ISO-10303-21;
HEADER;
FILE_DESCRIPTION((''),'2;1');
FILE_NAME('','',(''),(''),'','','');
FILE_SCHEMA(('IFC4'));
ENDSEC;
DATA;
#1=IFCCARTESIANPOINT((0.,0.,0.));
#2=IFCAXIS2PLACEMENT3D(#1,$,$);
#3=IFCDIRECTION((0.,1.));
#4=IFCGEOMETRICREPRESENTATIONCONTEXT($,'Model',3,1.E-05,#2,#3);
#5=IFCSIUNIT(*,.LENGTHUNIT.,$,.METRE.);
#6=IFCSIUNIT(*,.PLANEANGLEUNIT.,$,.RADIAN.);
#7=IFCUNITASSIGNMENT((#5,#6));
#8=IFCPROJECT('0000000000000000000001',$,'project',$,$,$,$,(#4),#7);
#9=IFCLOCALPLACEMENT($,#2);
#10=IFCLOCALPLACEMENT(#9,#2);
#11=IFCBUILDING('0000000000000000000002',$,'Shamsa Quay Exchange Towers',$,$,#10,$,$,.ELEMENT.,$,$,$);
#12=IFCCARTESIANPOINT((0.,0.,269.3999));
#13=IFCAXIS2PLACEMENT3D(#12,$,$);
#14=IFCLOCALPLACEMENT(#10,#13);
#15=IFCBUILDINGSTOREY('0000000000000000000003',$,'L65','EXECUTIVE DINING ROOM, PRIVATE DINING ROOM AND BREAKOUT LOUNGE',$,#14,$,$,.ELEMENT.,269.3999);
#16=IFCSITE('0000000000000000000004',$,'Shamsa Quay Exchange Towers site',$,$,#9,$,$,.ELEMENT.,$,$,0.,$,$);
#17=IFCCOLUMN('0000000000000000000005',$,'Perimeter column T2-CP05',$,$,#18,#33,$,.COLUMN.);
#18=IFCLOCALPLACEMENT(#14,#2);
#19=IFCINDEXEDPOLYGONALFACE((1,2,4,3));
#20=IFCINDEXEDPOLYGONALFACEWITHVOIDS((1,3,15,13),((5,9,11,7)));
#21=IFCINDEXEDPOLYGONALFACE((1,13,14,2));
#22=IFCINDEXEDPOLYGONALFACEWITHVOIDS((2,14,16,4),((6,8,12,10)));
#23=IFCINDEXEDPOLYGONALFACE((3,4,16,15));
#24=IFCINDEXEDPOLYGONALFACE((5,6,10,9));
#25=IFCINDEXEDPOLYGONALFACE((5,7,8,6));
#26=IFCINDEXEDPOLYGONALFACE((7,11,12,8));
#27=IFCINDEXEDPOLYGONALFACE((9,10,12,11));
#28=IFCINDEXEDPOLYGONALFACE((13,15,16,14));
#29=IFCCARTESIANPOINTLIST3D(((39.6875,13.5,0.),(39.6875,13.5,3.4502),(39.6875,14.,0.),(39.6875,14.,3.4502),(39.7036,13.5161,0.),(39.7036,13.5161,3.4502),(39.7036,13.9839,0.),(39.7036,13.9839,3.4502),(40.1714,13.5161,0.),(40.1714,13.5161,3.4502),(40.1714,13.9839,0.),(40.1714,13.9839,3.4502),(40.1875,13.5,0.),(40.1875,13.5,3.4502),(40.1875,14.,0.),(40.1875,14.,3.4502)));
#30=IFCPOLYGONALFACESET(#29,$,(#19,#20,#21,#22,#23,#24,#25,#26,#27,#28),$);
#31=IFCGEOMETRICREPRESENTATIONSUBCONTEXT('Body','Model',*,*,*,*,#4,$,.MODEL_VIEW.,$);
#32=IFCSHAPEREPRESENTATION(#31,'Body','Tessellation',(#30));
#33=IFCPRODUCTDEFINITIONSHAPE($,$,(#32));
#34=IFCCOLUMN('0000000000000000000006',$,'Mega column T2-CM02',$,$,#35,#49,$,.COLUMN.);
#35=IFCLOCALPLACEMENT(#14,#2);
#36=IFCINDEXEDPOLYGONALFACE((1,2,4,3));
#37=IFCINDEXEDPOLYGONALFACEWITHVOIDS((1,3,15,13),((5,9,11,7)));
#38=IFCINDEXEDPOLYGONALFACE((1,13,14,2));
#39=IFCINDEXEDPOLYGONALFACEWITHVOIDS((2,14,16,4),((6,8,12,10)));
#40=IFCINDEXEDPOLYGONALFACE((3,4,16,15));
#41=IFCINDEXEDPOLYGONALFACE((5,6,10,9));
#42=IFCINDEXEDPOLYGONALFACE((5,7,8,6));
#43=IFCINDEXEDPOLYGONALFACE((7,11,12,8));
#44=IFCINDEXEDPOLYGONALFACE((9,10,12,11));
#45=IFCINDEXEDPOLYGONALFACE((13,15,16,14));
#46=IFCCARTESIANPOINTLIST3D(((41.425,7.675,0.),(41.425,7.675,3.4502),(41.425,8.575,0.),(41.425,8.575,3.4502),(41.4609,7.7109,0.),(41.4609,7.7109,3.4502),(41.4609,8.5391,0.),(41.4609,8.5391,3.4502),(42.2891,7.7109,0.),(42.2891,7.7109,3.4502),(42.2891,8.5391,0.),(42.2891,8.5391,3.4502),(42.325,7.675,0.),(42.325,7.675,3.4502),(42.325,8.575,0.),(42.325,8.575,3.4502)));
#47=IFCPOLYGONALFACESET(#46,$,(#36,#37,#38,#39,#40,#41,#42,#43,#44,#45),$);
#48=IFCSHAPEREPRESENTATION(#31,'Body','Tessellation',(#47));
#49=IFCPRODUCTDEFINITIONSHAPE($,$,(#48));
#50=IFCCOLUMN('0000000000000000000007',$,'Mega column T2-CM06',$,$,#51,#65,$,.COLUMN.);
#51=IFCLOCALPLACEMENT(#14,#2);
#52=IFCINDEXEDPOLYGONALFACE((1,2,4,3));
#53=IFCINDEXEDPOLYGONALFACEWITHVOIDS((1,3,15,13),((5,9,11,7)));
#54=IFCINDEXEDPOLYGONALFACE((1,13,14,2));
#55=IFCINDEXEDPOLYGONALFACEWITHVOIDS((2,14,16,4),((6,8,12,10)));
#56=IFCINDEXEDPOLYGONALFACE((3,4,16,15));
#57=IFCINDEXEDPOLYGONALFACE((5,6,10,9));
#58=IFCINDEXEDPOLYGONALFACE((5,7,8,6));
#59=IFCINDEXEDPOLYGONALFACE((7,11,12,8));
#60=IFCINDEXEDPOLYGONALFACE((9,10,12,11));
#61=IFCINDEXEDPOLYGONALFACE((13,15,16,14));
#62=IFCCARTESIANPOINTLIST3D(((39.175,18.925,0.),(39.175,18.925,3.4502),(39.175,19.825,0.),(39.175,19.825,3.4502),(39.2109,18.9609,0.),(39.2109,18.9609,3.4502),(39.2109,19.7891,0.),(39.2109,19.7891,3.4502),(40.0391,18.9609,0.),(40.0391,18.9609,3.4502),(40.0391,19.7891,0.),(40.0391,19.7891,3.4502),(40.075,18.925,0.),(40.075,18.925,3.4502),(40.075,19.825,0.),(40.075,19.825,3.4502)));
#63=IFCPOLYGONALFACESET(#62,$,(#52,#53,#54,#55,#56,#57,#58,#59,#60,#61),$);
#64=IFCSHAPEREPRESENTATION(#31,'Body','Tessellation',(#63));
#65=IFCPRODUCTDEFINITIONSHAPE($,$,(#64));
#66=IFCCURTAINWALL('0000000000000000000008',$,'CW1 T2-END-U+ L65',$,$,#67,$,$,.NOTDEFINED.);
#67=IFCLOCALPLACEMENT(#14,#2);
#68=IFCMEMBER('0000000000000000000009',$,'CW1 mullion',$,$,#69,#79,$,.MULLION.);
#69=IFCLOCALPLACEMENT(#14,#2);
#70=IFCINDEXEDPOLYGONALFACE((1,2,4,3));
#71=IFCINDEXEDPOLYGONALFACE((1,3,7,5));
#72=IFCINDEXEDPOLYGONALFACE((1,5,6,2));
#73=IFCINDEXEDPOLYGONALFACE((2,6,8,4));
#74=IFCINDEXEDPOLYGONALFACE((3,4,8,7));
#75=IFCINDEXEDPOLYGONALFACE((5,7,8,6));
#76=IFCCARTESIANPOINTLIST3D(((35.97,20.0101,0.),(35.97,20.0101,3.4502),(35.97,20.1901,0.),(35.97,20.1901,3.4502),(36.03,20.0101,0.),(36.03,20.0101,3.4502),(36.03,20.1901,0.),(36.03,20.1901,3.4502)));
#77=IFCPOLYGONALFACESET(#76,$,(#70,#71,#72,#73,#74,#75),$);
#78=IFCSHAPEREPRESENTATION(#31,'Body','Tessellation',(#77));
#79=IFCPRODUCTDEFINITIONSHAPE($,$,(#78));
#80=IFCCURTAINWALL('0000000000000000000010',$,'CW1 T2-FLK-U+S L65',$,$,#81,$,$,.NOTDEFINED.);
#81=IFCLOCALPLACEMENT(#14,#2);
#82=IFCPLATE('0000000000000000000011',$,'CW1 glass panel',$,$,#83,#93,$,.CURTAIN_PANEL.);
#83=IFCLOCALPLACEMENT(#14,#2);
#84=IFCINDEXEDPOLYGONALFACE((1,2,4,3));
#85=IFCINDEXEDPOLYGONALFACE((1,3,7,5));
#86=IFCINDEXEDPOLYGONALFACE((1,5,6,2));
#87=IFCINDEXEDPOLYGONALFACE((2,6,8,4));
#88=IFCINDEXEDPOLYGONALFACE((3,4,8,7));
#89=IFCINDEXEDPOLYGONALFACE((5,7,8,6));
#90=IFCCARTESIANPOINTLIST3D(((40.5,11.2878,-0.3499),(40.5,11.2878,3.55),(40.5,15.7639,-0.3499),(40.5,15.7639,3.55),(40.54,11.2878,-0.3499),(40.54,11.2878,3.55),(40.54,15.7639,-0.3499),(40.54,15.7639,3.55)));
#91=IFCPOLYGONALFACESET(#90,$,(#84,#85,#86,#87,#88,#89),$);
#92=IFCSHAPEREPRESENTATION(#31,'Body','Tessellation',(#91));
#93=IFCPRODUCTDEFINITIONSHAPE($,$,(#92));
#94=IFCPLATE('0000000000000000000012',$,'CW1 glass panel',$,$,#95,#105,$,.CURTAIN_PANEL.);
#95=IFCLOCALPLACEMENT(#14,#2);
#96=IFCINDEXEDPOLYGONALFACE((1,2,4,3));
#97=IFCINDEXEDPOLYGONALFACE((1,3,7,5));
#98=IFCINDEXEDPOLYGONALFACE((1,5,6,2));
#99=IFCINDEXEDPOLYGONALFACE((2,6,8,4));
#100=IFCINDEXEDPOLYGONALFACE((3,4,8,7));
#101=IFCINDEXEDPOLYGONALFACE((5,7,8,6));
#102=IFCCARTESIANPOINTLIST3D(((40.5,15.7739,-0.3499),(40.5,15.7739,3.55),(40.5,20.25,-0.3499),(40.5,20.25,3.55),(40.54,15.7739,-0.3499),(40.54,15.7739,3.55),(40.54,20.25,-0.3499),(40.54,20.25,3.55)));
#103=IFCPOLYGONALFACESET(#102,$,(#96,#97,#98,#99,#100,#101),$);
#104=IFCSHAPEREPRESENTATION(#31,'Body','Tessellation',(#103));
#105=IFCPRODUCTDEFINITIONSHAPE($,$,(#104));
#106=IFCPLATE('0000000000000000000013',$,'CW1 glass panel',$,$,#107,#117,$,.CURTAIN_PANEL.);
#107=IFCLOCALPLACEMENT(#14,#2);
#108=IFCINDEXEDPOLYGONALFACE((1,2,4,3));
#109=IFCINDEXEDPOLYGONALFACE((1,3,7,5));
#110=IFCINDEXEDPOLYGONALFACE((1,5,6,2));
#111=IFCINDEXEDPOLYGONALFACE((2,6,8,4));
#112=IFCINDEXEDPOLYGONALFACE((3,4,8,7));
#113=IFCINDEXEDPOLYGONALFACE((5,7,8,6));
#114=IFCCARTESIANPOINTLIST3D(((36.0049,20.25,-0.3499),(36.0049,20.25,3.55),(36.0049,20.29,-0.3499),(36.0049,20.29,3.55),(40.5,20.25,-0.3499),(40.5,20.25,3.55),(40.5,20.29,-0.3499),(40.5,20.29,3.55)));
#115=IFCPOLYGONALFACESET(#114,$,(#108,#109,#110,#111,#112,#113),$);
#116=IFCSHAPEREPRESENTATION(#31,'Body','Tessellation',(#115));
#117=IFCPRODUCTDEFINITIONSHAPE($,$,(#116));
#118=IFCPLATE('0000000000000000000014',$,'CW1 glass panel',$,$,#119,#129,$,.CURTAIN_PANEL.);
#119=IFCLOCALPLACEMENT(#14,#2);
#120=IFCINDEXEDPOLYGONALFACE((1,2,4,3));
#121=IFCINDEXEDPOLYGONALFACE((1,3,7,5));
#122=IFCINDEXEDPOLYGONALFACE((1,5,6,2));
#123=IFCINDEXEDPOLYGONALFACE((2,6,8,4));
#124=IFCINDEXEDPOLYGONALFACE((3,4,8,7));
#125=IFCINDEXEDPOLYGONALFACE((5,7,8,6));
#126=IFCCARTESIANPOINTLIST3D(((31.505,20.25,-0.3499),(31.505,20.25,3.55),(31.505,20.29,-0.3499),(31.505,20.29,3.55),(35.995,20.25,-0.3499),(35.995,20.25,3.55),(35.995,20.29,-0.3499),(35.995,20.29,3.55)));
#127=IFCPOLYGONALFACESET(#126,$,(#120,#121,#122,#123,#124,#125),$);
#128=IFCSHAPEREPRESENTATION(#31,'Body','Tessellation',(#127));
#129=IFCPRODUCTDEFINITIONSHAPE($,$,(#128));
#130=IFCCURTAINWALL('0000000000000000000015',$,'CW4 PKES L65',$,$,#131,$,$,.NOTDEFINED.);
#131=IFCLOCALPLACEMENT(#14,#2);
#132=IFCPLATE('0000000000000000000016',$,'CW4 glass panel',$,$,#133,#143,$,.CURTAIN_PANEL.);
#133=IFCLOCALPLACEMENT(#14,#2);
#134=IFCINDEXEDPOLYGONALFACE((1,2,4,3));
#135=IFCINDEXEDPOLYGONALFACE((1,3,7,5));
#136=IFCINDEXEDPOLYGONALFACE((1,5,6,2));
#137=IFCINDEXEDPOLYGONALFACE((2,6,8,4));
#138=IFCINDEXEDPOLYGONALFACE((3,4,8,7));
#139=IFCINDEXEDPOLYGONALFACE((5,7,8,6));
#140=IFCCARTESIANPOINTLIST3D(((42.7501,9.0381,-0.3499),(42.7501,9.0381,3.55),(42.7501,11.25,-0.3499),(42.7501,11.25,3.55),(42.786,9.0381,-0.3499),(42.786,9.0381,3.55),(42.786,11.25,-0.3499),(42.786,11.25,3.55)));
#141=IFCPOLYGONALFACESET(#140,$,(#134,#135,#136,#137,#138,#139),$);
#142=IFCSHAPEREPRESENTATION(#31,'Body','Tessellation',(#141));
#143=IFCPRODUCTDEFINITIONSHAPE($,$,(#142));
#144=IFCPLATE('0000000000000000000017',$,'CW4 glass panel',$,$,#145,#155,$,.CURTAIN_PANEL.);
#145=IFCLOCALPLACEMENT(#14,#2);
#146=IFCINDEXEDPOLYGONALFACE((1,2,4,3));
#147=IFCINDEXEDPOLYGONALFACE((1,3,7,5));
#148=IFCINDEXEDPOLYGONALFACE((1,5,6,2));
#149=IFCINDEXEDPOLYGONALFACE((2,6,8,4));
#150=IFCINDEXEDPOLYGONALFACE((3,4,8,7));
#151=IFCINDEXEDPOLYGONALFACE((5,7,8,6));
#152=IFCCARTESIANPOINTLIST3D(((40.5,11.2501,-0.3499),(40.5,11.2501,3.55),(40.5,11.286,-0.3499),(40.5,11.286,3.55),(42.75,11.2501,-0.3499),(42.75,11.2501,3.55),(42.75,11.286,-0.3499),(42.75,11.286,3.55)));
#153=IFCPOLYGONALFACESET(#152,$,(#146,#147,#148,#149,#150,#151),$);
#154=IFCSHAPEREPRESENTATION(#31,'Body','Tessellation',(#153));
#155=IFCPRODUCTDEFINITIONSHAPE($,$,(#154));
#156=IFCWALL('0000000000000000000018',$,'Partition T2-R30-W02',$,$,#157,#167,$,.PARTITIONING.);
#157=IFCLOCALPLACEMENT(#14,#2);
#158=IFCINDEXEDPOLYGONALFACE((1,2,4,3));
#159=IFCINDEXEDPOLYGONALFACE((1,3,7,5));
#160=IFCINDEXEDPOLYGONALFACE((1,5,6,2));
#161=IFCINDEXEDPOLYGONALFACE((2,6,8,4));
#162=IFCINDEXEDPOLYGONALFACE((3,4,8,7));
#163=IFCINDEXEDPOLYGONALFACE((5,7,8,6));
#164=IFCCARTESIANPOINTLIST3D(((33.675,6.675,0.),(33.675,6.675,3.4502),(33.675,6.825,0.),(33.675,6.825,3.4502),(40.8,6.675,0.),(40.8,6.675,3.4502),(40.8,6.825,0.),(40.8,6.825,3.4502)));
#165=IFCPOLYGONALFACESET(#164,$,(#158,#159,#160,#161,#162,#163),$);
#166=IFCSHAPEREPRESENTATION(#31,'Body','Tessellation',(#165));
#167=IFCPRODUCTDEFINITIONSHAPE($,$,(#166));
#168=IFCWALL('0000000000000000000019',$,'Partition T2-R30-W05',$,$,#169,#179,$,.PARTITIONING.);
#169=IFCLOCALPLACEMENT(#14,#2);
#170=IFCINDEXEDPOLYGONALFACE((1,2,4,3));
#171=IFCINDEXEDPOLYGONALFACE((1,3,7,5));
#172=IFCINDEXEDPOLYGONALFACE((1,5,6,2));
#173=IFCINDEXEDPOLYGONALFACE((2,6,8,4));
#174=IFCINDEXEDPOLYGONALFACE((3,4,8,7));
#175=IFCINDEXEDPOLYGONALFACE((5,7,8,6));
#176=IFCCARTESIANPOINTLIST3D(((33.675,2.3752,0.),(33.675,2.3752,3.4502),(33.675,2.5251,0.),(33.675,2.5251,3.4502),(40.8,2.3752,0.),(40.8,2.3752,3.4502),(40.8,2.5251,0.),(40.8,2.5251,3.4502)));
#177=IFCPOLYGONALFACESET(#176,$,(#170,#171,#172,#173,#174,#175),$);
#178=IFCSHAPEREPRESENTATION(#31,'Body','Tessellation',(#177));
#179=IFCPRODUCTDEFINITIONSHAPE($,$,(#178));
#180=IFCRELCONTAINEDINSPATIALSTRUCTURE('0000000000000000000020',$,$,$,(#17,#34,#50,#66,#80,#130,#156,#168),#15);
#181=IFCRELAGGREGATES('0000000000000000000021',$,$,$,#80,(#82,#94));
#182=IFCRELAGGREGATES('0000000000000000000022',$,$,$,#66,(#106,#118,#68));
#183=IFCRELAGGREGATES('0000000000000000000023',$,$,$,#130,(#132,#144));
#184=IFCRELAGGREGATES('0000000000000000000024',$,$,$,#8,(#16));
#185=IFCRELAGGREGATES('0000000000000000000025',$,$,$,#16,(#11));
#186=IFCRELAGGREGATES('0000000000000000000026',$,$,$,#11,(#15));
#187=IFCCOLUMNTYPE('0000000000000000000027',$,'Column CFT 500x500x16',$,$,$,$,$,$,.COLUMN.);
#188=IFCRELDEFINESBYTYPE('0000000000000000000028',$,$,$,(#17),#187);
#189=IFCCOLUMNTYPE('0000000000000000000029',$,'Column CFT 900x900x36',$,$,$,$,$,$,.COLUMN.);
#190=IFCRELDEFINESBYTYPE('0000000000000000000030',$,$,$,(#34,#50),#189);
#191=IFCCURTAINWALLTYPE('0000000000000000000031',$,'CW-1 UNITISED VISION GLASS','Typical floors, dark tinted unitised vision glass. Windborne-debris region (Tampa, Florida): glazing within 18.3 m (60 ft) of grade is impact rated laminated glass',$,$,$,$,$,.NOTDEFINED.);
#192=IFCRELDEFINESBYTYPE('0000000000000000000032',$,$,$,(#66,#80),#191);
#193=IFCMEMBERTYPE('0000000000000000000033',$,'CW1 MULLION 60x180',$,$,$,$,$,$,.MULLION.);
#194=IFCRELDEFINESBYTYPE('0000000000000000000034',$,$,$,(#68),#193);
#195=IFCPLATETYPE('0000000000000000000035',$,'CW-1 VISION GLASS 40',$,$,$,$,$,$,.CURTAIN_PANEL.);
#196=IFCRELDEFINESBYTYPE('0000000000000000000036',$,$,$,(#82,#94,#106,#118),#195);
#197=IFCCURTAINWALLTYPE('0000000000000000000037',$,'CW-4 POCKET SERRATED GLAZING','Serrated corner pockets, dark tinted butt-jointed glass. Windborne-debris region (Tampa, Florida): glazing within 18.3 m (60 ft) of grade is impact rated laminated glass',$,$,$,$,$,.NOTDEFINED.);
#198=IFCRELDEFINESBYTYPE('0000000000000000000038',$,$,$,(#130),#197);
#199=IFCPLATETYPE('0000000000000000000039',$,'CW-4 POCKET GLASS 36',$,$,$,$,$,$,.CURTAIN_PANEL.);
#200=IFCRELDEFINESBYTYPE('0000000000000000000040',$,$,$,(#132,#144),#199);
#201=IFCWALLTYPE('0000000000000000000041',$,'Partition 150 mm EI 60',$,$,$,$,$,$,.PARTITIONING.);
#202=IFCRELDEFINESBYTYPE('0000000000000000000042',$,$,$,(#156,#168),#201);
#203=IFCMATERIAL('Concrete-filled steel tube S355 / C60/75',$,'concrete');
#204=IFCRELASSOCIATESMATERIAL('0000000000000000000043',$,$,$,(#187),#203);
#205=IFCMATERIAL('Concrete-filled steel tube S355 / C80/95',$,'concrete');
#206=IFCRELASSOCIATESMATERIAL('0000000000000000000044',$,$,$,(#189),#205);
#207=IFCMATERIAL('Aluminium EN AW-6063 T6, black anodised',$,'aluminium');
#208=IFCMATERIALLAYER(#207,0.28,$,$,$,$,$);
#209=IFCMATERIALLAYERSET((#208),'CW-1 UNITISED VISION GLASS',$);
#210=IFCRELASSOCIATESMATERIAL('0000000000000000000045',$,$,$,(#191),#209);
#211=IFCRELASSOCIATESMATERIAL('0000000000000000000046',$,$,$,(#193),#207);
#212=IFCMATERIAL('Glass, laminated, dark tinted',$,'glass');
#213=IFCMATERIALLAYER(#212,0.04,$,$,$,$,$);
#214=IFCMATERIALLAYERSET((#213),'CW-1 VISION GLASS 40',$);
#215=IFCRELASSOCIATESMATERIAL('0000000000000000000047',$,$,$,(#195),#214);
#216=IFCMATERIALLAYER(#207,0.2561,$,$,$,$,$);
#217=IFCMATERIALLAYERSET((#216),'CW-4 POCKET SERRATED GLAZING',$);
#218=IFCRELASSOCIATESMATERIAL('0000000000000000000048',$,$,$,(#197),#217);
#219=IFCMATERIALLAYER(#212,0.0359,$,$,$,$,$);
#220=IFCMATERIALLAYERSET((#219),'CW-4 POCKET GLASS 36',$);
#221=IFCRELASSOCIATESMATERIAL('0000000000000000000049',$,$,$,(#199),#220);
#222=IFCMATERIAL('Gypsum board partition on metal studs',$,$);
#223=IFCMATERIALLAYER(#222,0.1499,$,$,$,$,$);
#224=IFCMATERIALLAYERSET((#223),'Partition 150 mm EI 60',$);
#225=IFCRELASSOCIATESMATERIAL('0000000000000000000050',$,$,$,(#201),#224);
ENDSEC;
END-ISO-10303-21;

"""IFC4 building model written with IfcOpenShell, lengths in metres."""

from ifc_helpers import new_model, si_unit, direction, frame, frame_2d, origin, origin_2d, place, context, subcontext, project, spatial, rectangle, hollow_rectangle, extrude, material, layer, layer_set, material_profile, profile_set, type_object, element, aggregate, save


model = new_model("IFC4")

# Units and contexts
model_context = context("Model", 3, precision=1e-05, world=origin(), true_north=direction((0.0, 1.0)))
body_context = subcontext(model_context, "Body", "Model", "MODEL_VIEW")
ifc_project = project(units=[si_unit("LENGTHUNIT", "METRE"), si_unit("PLANEANGLEUNIT", "RADIAN")], contexts=[model_context])

# Site, building, storey
site_placement = place(None, origin())
site = spatial("IfcSite", under=ifc_project, at=site_placement, Name="Shamsa Quay Exchange Towers site", CompositionType="ELEMENT", RefElevation=0.0)
building_placement = place(site_placement, origin())
building = spatial("IfcBuilding", under=site, at=building_placement, Name="Shamsa Quay Exchange Towers", CompositionType="ELEMENT")
storey_placement = place(building_placement, frame((0.0, 0.0, 269.3999)))
storey = spatial("IfcBuildingStorey", under=building, at=storey_placement, Name="L65", Description="EXECUTIVE DINING ROOM, PRIVATE DINING ROOM AND BREAKOUT LOUNGE", CompositionType="ELEMENT", Elevation=269.3999)

# Columns
ifc_material_1 = material(Name="Concrete-filled steel tube S355 / C60/75", Category="concrete")
ifc_material_profile_1 = material_profile(ifc_material_1, hollow_rectangle(XDim=0.5, YDim=0.5, WallThickness=0.0161, at=origin_2d()), Name="CFT 500x500x16")
ifc_profile_set_1 = profile_set([ifc_material_profile_1], Name="Concrete-filled steel tube S355 / C60/75")
column_type_1 = type_object("IfcColumnType", Name="Column CFT 500x500x16", PredefinedType="COLUMN", material=ifc_profile_set_1)
column_placement = place(storey_placement, frame((39.9375, 13.75, 0.0)))
element("IfcColumn", 1, at=column_placement, inside=storey, type_object=column_type_1, Name="Perimeter column T2-CP05", PredefinedType="COLUMN", context=body_context, shape_type="SweptSolid", body=[
    extrude(hollow_rectangle(XDim=0.5, YDim=0.5, WallThickness=0.0161, at=origin_2d()), origin(), (0.0, 0.0, 1.0), 3.4502),
])
ifc_material_2 = material(Name="Concrete-filled steel tube S355 / C80/95", Category="concrete")
ifc_material_profile_2 = material_profile(ifc_material_2, hollow_rectangle(XDim=0.8999, YDim=0.8999, WallThickness=0.0359, at=origin_2d()), Name="CFT 900x900x36")
ifc_profile_set_2 = profile_set([ifc_material_profile_2], Name="Concrete-filled steel tube S355 / C80/95")
column_type_2 = type_object("IfcColumnType", Name="Column CFT 900x900x36", PredefinedType="COLUMN", material=ifc_profile_set_2)
for number, where, name in (
    (2, (41.875, 8.125, 0.0), "Mega column T2-CM02"),
    (3, (39.625, 19.375, 0.0), "Mega column T2-CM06"),
):
    element("IfcColumn", number, at=place(storey_placement, frame(where)), inside=storey, type_object=column_type_2, Name=name, PredefinedType="COLUMN", context=body_context, shape_type="SweptSolid", body=[
        extrude(hollow_rectangle(XDim=0.8999, YDim=0.8999, WallThickness=0.0359, at=origin_2d()), origin(), (0.0, 0.0, 1.0), 3.4502),
    ])

# Curtain wall, member
ifc_material_3 = material(Name="Aluminium EN AW-6063 T6, black anodised", Category="aluminium")
ifc_layer_1 = layer(ifc_material_3, 0.28)
ifc_layer_set_1 = layer_set([ifc_layer_1], Name="CW-1 UNITISED VISION GLASS")
curtain_wall_type_1 = type_object("IfcCurtainWallType", Name="CW-1 UNITISED VISION GLASS", Description="Typical floors, dark tinted unitised vision glass. Windborne-debris region (Tampa, Florida): glazing within 18.3 m (60 ft) of grade is impact rated laminated glass", PredefinedType="NOTDEFINED", material=ifc_layer_set_1)
curtain_wall_1_placement = place(storey_placement, origin())
curtain_wall_1 = element("IfcCurtainWall", 4, at=curtain_wall_1_placement, inside=storey, type_object=curtain_wall_type_1, Name="CW1 T2-END-U+ L65", PredefinedType="NOTDEFINED")
ifc_material_profile_3 = material_profile(ifc_material_3, rectangle(XDim=0.1799, YDim=0.0601, at=origin_2d()), Name="MU60x180")
ifc_profile_set_3 = profile_set([ifc_material_profile_3], Name="Aluminium EN AW-6063 T6, black anodised")
member_type = type_object("IfcMemberType", Name="CW1 MULLION 60x180", PredefinedType="MULLION", material=ifc_profile_set_3)
member_placement = place(storey_placement, frame((36.0, 20.1001, 0.0), z_axis=(0.0, 0.0, 1.0), x_axis=(0.0, -1.0, 0.0)))
member = element("IfcMember", 5, at=member_placement, type_object=member_type, Name="CW1 mullion", PredefinedType="MULLION", context=body_context, shape_type="SweptSolid", body=[
    extrude(rectangle(XDim=0.1799, YDim=0.0601, at=origin_2d()), origin(), (0.0, 0.0, 1.0), 3.4502),
])

# Curtain wall, plates
curtain_wall_2_placement = place(storey_placement, origin())
curtain_wall_2 = element("IfcCurtainWall", 6, at=curtain_wall_2_placement, inside=storey, type_object=curtain_wall_type_1, Name="CW1 T2-FLK-U+S L65", PredefinedType="NOTDEFINED")
ifc_material_4 = material(Name="Glass, laminated, dark tinted", Category="glass")
ifc_layer_2 = layer(ifc_material_4, 0.04)
ifc_layer_set_2 = layer_set([ifc_layer_2], Name="CW-1 VISION GLASS 40")
plate_type_1 = type_object("IfcPlateType", Name="CW-1 VISION GLASS 40", PredefinedType="CURTAIN_PANEL", material=ifc_layer_set_2)
plate_1_placement = place(storey_placement, frame((40.52, 13.5259, -0.3499), z_axis=(0.0, 0.0, 1.0), x_axis=(0.0, 1.0, 0.0)))
plate_1 = element("IfcPlate", 7, at=plate_1_placement, type_object=plate_type_1, Name="CW1 glass panel", PredefinedType="CURTAIN_PANEL", context=body_context, shape_type="SweptSolid", body=[
    extrude(rectangle(XDim=4.4761, YDim=0.04, at=origin_2d()), origin(), (0.0, 0.0, 1.0), 3.8999),
])
plate_2_placement = place(storey_placement, frame((40.52, 18.012, -0.3499), z_axis=(0.0, 0.0, 1.0), x_axis=(0.0, 1.0, 0.0)))
plate_2 = element("IfcPlate", 8, at=plate_2_placement, type_object=plate_type_1, Name="CW1 glass panel", PredefinedType="CURTAIN_PANEL", context=body_context, shape_type="SweptSolid", body=[
    extrude(rectangle(XDim=4.4761, YDim=0.04, at=origin_2d()), origin(), (0.0, 0.0, 1.0), 3.8999),
])
aggregate(curtain_wall_2, [plate_1, plate_2])

# Plates
plate_3_placement = place(storey_placement, frame((38.2524, 20.27, -0.3499), z_axis=(0.0, 0.0, 1.0), x_axis=(-1.0, 0.0, 0.0)))
plate_3 = element("IfcPlate", 9, at=plate_3_placement, type_object=plate_type_1, Name="CW1 glass panel", PredefinedType="CURTAIN_PANEL", context=body_context, shape_type="SweptSolid", body=[
    extrude(rectangle(XDim=4.4951, YDim=0.04, at=origin_2d()), origin(), (0.0, 0.0, 1.0), 3.8999),
])
plate_4_placement = place(storey_placement, frame((33.75, 20.27, -0.3499), z_axis=(0.0, 0.0, 1.0), x_axis=(-1.0, 0.0, 0.0)))
plate_4 = element("IfcPlate", 10, at=plate_4_placement, type_object=plate_type_1, Name="CW1 glass panel", PredefinedType="CURTAIN_PANEL", context=body_context, shape_type="SweptSolid", body=[
    extrude(rectangle(XDim=4.49, YDim=0.04, at=origin_2d()), origin(), (0.0, 0.0, 1.0), 3.8999),
])
aggregate(curtain_wall_1, [plate_3, plate_4, member])

# Curtain wall, plates
ifc_layer_3 = layer(ifc_material_3, 0.2561)
ifc_layer_set_3 = layer_set([ifc_layer_3], Name="CW-4 POCKET SERRATED GLAZING")
curtain_wall_type_2 = type_object("IfcCurtainWallType", Name="CW-4 POCKET SERRATED GLAZING", Description="Serrated corner pockets, dark tinted butt-jointed glass. Windborne-debris region (Tampa, Florida): glazing within 18.3 m (60 ft) of grade is impact rated laminated glass", PredefinedType="NOTDEFINED", material=ifc_layer_set_3)
curtain_wall_3_placement = place(storey_placement, origin())
curtain_wall_3 = element("IfcCurtainWall", 11, at=curtain_wall_3_placement, inside=storey, type_object=curtain_wall_type_2, Name="CW4 PKES L65", PredefinedType="NOTDEFINED")
ifc_layer_4 = layer(ifc_material_4, 0.0359)
ifc_layer_set_4 = layer_set([ifc_layer_4], Name="CW-4 POCKET GLASS 36")
plate_type_2 = type_object("IfcPlateType", Name="CW-4 POCKET GLASS 36", PredefinedType="CURTAIN_PANEL", material=ifc_layer_set_4)
plate_5_placement = place(storey_placement, frame((42.7681, 10.144, -0.3499), z_axis=(0.0, 0.0, 1.0), x_axis=(0.0, 1.0, 0.0)))
plate_5 = element("IfcPlate", 12, at=plate_5_placement, type_object=plate_type_2, Name="CW4 glass panel", PredefinedType="CURTAIN_PANEL", context=body_context, shape_type="SweptSolid", body=[
    extrude(rectangle(XDim=2.2119, YDim=0.0359, at=origin_2d()), origin(), (0.0, 0.0, 1.0), 3.8999),
])
plate_6_placement = place(storey_placement, frame((41.625, 11.2681, -0.3499), z_axis=(0.0, 0.0, 1.0), x_axis=(-1.0, 0.0, 0.0)))
plate_6 = element("IfcPlate", 13, at=plate_6_placement, type_object=plate_type_2, Name="CW4 glass panel", PredefinedType="CURTAIN_PANEL", context=body_context, shape_type="SweptSolid", body=[
    extrude(rectangle(XDim=2.25, YDim=0.0359, at=origin_2d()), origin(), (0.0, 0.0, 1.0), 3.8999),
])
aggregate(curtain_wall_3, [plate_5, plate_6])

# Walls
ifc_material_5 = material(Name="Gypsum board partition on metal studs")
ifc_layer_5 = layer(ifc_material_5, 0.1499)
ifc_layer_set_5 = layer_set([ifc_layer_5], Name="Partition 150 mm EI 60")
wall_type_1 = type_object("IfcWallType", Name="Partition 150 mm EI 60", PredefinedType="PARTITIONING", material=ifc_layer_set_5)
wall_1_placement = place(storey_placement, frame((40.8, 6.75, 0.0), z_axis=(0.0, 0.0, 1.0), x_axis=(-1.0, 0.0, 0.0)))
element("IfcWall", 14, at=wall_1_placement, inside=storey, type_object=wall_type_1, Name="Partition T2-R30-W02", PredefinedType="PARTITIONING", context=body_context, shape_type="SweptSolid", body=[
    extrude(rectangle(XDim=7.125, YDim=0.1499, at=frame_2d((3.5625, 0.0))), origin(), (0.0, 0.0, 1.0), 3.4502),
])
wall_2_placement = place(storey_placement, frame((33.675, 2.4502, 0.0)))
element("IfcWall", 15, at=wall_2_placement, inside=storey, type_object=wall_type_1, Name="Partition T2-R30-W05", PredefinedType="PARTITIONING", context=body_context, shape_type="SweptSolid", body=[
    extrude(rectangle(XDim=7.125, YDim=0.1499, at=frame_2d((3.5625, 0.0))), origin(), (0.0, 0.0, 1.0), 3.4502),
])

save(model, "model.ifc")
